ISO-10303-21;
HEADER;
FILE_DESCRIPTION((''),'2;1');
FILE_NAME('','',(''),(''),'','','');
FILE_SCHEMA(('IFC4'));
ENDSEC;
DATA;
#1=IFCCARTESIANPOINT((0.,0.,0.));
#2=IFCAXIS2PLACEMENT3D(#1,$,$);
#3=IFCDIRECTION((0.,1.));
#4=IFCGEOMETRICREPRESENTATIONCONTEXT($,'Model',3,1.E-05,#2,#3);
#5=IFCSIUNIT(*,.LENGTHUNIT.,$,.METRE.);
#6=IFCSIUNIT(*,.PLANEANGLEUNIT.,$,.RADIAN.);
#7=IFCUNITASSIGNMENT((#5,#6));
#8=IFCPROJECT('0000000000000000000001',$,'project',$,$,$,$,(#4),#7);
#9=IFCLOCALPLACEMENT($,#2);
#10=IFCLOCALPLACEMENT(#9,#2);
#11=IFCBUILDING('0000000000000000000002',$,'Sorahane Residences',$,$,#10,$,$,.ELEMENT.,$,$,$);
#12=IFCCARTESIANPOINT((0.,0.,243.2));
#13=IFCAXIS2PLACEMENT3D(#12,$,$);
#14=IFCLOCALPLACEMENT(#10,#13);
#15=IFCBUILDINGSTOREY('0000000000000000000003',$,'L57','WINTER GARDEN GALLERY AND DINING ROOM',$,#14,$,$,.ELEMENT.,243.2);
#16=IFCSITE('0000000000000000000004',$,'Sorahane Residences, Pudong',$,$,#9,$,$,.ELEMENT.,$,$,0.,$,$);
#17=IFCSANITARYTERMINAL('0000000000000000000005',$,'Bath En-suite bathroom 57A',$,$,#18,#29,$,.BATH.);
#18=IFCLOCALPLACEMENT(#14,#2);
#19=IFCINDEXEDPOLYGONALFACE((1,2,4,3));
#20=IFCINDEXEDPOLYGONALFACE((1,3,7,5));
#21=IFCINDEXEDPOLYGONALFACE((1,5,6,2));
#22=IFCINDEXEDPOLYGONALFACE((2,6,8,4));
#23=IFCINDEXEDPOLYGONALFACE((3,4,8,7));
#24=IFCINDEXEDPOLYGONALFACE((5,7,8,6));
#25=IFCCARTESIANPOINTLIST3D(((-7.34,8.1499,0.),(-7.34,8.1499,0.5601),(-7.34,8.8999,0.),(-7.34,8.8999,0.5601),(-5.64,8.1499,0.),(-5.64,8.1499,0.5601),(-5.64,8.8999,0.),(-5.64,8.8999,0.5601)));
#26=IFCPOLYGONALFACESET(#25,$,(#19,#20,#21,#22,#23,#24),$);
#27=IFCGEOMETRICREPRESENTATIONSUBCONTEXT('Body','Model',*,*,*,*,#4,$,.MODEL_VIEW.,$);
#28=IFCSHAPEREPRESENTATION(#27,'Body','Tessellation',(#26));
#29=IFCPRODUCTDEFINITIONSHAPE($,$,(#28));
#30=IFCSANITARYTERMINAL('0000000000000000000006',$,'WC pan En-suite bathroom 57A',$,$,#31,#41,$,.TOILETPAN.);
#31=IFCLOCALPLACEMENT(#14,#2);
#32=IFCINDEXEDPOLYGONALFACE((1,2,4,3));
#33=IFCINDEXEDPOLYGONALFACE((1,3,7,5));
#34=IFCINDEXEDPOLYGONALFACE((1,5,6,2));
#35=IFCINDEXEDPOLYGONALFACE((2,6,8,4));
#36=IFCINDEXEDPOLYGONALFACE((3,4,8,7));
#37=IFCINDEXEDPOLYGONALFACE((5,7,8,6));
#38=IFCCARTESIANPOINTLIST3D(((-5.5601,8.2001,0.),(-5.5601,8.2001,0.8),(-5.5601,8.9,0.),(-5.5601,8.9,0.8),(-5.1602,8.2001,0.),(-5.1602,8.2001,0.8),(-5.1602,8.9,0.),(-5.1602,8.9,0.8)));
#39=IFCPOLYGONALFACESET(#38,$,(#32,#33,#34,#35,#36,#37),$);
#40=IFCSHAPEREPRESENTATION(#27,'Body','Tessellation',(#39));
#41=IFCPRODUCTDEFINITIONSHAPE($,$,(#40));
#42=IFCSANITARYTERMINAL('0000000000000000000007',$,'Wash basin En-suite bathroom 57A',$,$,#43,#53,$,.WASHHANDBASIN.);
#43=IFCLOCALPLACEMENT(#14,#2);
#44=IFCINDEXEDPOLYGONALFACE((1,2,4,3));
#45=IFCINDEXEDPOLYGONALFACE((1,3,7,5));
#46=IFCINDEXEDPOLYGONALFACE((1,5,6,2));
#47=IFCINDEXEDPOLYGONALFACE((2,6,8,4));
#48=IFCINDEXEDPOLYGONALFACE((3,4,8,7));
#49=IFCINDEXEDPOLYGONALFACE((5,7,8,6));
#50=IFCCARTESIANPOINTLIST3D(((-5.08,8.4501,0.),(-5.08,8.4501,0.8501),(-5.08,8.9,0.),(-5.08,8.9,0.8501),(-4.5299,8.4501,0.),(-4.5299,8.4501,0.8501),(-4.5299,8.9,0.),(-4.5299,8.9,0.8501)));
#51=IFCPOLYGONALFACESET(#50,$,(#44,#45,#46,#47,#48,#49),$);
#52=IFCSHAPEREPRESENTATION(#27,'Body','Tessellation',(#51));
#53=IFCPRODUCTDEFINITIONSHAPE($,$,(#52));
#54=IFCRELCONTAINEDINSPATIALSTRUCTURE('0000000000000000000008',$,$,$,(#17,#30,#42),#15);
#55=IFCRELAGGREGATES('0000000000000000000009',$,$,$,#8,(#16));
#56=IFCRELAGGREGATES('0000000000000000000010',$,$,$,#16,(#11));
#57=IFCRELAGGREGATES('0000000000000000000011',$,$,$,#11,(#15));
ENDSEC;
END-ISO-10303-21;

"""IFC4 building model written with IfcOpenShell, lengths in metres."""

from ifc_helpers import new_model, si_unit, direction, frame, origin, origin_2d, place, context, subcontext, project, spatial, rectangle, extrude, element, save


model = new_model("IFC4")

# Units and contexts
model_context = context("Model", 3, precision=1e-05, world=origin(), true_north=direction((0.0, 1.0)))
body_context = subcontext(model_context, "Body", "Model", "MODEL_VIEW")
ifc_project = project(units=[si_unit("LENGTHUNIT", "METRE"), si_unit("PLANEANGLEUNIT", "RADIAN")], contexts=[model_context])

# Site, building, storey
site_placement = place(None, origin())
site = spatial("IfcSite", under=ifc_project, at=site_placement, Name="Sorahane Residences, Pudong", CompositionType="ELEMENT", RefElevation=0.0)
building_placement = place(site_placement, origin())
building = spatial("IfcBuilding", under=site, at=building_placement, Name="Sorahane Residences", CompositionType="ELEMENT")
storey_placement = place(building_placement, frame((0.0, 0.0, 243.2)))
storey = spatial("IfcBuildingStorey", under=building, at=storey_placement, Name="L57", Description="WINTER GARDEN GALLERY AND DINING ROOM", CompositionType="ELEMENT", Elevation=243.2)

# Sanitary terminals
sanitary_terminal_1_placement = place(storey_placement, frame((-6.49, 8.5249, 0.0), z_axis=(0.0, 0.0, 1.0), x_axis=(1.0, 0.0, 0.0)))
element("IfcSanitaryTerminal", 1, at=sanitary_terminal_1_placement, inside=storey, Name="Bath En-suite bathroom 57A", PredefinedType="BATH", context=body_context, shape_type="SweptSolid", body=[
    extrude(rectangle(XDim=1.7, YDim=0.75, at=origin_2d()), origin(), (0.0, 0.0, 1.0), 0.5601),
])
sanitary_terminal_2_placement = place(storey_placement, frame((-5.3601, 8.55, 0.0), z_axis=(0.0, 0.0, 1.0), x_axis=(1.0, 0.0, 0.0)))
element("IfcSanitaryTerminal", 2, at=sanitary_terminal_2_placement, inside=storey, Name="WC pan En-suite bathroom 57A", PredefinedType="TOILETPAN", context=body_context, shape_type="SweptSolid", body=[
    extrude(rectangle(XDim=0.3999, YDim=0.7, at=origin_2d()), origin(), (0.0, 0.0, 1.0), 0.8),
])
sanitary_terminal_3_placement = place(storey_placement, frame((-4.8049, 8.675, 0.0), z_axis=(0.0, 0.0, 1.0), x_axis=(1.0, 0.0, 0.0)))
element("IfcSanitaryTerminal", 3, at=sanitary_terminal_3_placement, inside=storey, Name="Wash basin En-suite bathroom 57A", PredefinedType="WASHHANDBASIN", context=body_context, shape_type="SweptSolid", body=[
    extrude(rectangle(XDim=0.55, YDim=0.45, at=origin_2d()), origin(), (0.0, 0.0, 1.0), 0.8501),
])

save(model, "model.ifc")
